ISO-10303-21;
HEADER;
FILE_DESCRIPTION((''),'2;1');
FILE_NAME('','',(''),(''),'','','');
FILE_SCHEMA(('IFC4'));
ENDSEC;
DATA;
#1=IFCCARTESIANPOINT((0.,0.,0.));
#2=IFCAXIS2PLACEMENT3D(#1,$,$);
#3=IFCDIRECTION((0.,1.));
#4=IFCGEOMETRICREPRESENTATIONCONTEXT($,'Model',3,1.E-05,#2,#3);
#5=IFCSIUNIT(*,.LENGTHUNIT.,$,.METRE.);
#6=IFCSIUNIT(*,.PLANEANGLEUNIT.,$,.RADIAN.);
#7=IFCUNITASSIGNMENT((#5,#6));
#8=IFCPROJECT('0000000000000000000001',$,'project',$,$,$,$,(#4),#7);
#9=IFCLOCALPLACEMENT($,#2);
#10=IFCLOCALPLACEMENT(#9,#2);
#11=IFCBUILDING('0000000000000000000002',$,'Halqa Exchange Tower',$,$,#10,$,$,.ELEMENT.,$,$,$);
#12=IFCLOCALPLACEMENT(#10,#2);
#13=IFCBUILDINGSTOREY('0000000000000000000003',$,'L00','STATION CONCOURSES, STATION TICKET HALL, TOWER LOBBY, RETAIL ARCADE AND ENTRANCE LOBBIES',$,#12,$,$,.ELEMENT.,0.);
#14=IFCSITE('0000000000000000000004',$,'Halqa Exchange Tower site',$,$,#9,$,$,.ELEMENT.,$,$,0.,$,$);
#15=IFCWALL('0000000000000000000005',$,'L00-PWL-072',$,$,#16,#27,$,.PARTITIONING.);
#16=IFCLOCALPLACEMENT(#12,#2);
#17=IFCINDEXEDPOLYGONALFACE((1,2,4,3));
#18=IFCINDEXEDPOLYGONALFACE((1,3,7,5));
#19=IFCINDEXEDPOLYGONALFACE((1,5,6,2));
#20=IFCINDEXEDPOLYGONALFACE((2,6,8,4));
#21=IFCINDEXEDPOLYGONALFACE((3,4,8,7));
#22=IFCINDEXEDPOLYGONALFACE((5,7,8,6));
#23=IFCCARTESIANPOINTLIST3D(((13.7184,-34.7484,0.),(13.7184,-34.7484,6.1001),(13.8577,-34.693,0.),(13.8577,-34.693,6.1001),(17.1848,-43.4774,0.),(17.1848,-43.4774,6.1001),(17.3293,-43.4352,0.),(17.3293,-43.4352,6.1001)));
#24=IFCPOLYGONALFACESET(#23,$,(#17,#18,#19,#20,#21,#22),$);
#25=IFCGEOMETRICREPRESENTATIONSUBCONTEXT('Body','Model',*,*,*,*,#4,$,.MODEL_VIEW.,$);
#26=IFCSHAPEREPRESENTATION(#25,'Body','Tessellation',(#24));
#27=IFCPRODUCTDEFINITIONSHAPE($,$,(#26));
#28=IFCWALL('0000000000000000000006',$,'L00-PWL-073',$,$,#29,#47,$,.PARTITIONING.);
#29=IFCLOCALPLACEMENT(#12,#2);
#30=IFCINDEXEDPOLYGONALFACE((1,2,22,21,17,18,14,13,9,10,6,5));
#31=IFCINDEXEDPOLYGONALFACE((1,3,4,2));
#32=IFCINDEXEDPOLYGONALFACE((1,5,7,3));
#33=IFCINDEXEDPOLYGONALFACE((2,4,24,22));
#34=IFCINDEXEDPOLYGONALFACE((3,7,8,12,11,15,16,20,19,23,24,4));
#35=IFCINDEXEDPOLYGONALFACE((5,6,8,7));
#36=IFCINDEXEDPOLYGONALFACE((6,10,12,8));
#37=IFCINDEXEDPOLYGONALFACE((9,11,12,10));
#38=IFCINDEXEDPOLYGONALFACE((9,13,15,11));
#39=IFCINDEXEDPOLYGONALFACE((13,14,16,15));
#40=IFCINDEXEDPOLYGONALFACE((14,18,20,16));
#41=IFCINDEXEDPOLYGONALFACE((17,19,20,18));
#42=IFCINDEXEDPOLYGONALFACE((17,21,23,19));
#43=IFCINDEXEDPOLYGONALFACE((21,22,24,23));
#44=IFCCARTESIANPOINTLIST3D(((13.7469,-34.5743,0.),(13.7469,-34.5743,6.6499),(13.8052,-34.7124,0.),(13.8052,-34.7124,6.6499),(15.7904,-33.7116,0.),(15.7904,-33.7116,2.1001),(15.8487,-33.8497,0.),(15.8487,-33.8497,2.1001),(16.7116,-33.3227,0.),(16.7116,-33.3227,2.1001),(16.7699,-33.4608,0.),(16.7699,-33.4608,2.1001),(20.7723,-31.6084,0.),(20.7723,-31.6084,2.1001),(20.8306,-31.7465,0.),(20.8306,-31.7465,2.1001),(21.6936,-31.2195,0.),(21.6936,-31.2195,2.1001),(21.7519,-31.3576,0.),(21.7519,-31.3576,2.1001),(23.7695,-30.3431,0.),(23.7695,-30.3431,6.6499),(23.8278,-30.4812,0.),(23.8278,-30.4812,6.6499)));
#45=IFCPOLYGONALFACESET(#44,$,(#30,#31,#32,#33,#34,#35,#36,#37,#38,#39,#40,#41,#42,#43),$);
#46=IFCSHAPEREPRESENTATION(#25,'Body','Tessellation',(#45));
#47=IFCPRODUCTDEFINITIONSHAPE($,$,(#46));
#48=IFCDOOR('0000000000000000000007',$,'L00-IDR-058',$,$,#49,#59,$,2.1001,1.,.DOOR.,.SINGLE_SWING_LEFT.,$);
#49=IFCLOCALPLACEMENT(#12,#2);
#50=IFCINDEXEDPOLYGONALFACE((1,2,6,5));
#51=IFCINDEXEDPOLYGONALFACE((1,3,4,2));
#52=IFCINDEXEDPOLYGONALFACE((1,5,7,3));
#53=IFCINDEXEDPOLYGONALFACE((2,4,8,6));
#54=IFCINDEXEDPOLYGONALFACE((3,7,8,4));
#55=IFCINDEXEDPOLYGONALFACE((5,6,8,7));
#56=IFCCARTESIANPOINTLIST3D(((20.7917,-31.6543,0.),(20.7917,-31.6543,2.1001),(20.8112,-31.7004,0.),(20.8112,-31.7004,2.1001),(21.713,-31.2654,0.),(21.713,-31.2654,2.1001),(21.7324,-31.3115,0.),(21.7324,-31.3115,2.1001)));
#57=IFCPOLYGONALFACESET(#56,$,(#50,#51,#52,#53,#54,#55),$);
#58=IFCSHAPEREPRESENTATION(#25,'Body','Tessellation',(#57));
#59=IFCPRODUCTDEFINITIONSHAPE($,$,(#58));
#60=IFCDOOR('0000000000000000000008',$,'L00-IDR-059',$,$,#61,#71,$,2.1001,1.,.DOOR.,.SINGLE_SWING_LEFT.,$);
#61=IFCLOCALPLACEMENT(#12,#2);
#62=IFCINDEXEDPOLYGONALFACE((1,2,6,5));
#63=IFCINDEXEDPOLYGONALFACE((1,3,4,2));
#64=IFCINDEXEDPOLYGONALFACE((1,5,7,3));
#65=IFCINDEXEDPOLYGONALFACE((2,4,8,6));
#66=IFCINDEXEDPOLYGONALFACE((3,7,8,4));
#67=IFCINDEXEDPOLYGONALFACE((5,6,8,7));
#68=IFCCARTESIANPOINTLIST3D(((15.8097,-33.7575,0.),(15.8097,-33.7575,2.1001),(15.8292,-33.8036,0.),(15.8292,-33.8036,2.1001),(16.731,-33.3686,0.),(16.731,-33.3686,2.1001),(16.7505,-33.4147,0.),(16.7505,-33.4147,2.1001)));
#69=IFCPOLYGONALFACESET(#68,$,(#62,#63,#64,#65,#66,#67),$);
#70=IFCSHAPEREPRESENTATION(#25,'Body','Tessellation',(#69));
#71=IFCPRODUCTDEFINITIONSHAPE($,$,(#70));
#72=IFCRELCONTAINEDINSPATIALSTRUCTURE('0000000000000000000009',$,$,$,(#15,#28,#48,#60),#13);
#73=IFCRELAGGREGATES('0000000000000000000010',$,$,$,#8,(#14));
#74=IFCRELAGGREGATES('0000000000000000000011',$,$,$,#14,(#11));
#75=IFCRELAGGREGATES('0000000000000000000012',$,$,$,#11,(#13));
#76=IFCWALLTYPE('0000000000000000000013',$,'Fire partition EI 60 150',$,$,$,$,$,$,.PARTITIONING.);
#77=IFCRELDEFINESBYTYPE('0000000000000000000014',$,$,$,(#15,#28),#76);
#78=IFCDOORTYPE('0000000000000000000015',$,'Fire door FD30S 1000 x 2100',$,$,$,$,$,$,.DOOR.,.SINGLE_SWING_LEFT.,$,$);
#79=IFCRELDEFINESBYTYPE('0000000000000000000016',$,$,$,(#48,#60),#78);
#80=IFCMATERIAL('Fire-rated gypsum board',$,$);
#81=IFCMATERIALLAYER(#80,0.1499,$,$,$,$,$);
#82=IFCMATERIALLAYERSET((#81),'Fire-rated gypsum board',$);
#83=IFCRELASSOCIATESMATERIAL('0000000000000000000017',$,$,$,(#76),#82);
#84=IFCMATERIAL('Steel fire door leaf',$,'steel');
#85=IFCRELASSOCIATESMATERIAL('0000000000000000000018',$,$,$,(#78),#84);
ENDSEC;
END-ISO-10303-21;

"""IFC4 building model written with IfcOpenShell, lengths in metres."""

from ifc_helpers import new_model, si_unit, direction, frame, frame_2d, origin, place, context, subcontext, project, spatial, polyline, rectangle, outline, extrude, material, layer, layer_set, type_object, element, fill, save


model = new_model("IFC4")

# Units and contexts
model_context = context("Model", 3, precision=1e-05, world=origin(), true_north=direction((0.0, 1.0)))
body_context = subcontext(model_context, "Body", "Model", "MODEL_VIEW")
ifc_project = project(units=[si_unit("LENGTHUNIT", "METRE"), si_unit("PLANEANGLEUNIT", "RADIAN")], contexts=[model_context])

# Site, building, storey
site_placement = place(None, origin())
site = spatial("IfcSite", under=ifc_project, at=site_placement, Name="Halqa Exchange Tower site", CompositionType="ELEMENT", RefElevation=0.0)
building_placement = place(site_placement, origin())
building = spatial("IfcBuilding", under=site, at=building_placement, Name="Halqa Exchange Tower", CompositionType="ELEMENT")
storey_placement = place(building_placement, origin())
storey = spatial("IfcBuildingStorey", under=building, at=storey_placement, Name="L00", Description="STATION CONCOURSES, STATION TICKET HALL, TOWER LOBBY, RETAIL ARCADE AND ENTRANCE LOBBIES", CompositionType="ELEMENT", Elevation=0.0)

# Wall
ifc_material_1 = material(Name="Fire-rated gypsum board")
ifc_layer_1 = layer(ifc_material_1, 0.1499)
ifc_layer_set_1 = layer_set([ifc_layer_1], Name="Fire-rated gypsum board")
wall_type = type_object("IfcWallType", Name="Fire partition EI 60 150", PredefinedType="PARTITIONING", material=ifc_layer_set_1)
wall_1_placement = place(storey_placement, frame((13.7881, -34.7207, 0.0), z_axis=(0.0, 0.0, 1.0), x_axis=(0.369074, -0.9294, 0.0)))
element("IfcWall", 1, at=wall_1_placement, inside=storey, type_object=wall_type, Name="L00-PWL-072", PredefinedType="PARTITIONING", context=body_context, shape_type="SweptSolid", body=[
    extrude(outline(polyline([(0.0, -0.075), (9.3921, -0.075), (9.4062, 0.075), (0.0, 0.075), (0.0, -0.075)])), origin(), (0.0, 0.0, 1.0), 6.1001),
])

# Wall, openings, doors
wall_2_placement = place(storey_placement, frame((13.7761, -34.6433, 0.0), z_axis=(0.0, 0.0, 1.0), x_axis=(0.92127, 0.388925, 0.0)))
wall_2 = element("IfcWall", 2, at=wall_2_placement, inside=storey, type_object=wall_type, Name="L00-PWL-073", PredefinedType="PARTITIONING", context=body_context, shape_type="SweptSolid", body=[
    extrude(rectangle(XDim=10.8792, YDim=0.1499, at=frame_2d((5.4395, 0.0))), origin(), (0.0, 0.0, 1.0), 6.6499),
])
opening_1_placement = place(wall_2_placement, frame((7.6257, 0.0, 0.0)))
opening_1 = element("IfcOpeningElement", 3, at=opening_1_placement, cuts=wall_2, PredefinedType="OPENING", context=body_context, shape_type="SweptSolid", body=[
    extrude(rectangle(XDim=1.0, YDim=2.1001, at=frame_2d((0.5, 1.05))), frame((0.0, 0.0869, 0.0), z_axis=(0.0, -1.0, 0.0), x_axis=(1.0, 0.0, 0.0)), (0.0, 0.0, 1.0), 0.1738),
])
opening_2_placement = place(wall_2_placement, frame((2.218, 0.0, 0.0)))
opening_2 = element("IfcOpeningElement", 4, at=opening_2_placement, cuts=wall_2, PredefinedType="OPENING", context=body_context, shape_type="SweptSolid", body=[
    extrude(rectangle(XDim=1.0, YDim=2.1001, at=frame_2d((0.5, 1.05))), frame((0.0, 0.0869, 0.0), z_axis=(0.0, -1.0, 0.0), x_axis=(1.0, 0.0, 0.0)), (0.0, 0.0, 1.0), 0.1738),
])
ifc_material_2 = material(Name="Steel fire door leaf", Category="steel")
door_type = type_object("IfcDoorType", Name="Fire door FD30S 1000 x 2100", OperationType="SINGLE_SWING_LEFT", PredefinedType="DOOR", material=ifc_material_2)
door_1_placement = place(opening_1_placement, frame((1.0, 0.0, 0.0), z_axis=(0.0, 0.0, 1.0), x_axis=(-1.0, 0.0, 0.0)))
door_1 = element("IfcDoor", 5, at=door_1_placement, inside=storey, type_object=door_type, Name="L00-IDR-058", OperationType="SINGLE_SWING_LEFT", OverallHeight=2.1001, OverallWidth=1.0, PredefinedType="DOOR", context=body_context, shape_type="SweptSolid", body=[
    extrude(rectangle(XDim=1.0, YDim=2.1001, at=frame_2d((0.5, 1.05))), frame((0.0, 0.0249, 0.0), z_axis=(0.0, -1.0, 0.0), x_axis=(1.0, 0.0, 0.0)), (0.0, 0.0, 1.0), 0.05),
])
fill(opening_1, door_1)
door_2_placement = place(opening_2_placement, frame((1.0, 0.0, 0.0), z_axis=(0.0, 0.0, 1.0), x_axis=(-1.0, 0.0, 0.0)))
door_2 = element("IfcDoor", 6, at=door_2_placement, inside=storey, type_object=door_type, Name="L00-IDR-059", OperationType="SINGLE_SWING_LEFT", OverallHeight=2.1001, OverallWidth=1.0, PredefinedType="DOOR", context=body_context, shape_type="SweptSolid", body=[
    extrude(rectangle(XDim=1.0, YDim=2.1001, at=frame_2d((0.5, 1.05))), frame((0.0, 0.0249, 0.0), z_axis=(0.0, -1.0, 0.0), x_axis=(1.0, 0.0, 0.0)), (0.0, 0.0, 1.0), 0.05),
])
fill(opening_2, door_2)

save(model, "model.ifc")
